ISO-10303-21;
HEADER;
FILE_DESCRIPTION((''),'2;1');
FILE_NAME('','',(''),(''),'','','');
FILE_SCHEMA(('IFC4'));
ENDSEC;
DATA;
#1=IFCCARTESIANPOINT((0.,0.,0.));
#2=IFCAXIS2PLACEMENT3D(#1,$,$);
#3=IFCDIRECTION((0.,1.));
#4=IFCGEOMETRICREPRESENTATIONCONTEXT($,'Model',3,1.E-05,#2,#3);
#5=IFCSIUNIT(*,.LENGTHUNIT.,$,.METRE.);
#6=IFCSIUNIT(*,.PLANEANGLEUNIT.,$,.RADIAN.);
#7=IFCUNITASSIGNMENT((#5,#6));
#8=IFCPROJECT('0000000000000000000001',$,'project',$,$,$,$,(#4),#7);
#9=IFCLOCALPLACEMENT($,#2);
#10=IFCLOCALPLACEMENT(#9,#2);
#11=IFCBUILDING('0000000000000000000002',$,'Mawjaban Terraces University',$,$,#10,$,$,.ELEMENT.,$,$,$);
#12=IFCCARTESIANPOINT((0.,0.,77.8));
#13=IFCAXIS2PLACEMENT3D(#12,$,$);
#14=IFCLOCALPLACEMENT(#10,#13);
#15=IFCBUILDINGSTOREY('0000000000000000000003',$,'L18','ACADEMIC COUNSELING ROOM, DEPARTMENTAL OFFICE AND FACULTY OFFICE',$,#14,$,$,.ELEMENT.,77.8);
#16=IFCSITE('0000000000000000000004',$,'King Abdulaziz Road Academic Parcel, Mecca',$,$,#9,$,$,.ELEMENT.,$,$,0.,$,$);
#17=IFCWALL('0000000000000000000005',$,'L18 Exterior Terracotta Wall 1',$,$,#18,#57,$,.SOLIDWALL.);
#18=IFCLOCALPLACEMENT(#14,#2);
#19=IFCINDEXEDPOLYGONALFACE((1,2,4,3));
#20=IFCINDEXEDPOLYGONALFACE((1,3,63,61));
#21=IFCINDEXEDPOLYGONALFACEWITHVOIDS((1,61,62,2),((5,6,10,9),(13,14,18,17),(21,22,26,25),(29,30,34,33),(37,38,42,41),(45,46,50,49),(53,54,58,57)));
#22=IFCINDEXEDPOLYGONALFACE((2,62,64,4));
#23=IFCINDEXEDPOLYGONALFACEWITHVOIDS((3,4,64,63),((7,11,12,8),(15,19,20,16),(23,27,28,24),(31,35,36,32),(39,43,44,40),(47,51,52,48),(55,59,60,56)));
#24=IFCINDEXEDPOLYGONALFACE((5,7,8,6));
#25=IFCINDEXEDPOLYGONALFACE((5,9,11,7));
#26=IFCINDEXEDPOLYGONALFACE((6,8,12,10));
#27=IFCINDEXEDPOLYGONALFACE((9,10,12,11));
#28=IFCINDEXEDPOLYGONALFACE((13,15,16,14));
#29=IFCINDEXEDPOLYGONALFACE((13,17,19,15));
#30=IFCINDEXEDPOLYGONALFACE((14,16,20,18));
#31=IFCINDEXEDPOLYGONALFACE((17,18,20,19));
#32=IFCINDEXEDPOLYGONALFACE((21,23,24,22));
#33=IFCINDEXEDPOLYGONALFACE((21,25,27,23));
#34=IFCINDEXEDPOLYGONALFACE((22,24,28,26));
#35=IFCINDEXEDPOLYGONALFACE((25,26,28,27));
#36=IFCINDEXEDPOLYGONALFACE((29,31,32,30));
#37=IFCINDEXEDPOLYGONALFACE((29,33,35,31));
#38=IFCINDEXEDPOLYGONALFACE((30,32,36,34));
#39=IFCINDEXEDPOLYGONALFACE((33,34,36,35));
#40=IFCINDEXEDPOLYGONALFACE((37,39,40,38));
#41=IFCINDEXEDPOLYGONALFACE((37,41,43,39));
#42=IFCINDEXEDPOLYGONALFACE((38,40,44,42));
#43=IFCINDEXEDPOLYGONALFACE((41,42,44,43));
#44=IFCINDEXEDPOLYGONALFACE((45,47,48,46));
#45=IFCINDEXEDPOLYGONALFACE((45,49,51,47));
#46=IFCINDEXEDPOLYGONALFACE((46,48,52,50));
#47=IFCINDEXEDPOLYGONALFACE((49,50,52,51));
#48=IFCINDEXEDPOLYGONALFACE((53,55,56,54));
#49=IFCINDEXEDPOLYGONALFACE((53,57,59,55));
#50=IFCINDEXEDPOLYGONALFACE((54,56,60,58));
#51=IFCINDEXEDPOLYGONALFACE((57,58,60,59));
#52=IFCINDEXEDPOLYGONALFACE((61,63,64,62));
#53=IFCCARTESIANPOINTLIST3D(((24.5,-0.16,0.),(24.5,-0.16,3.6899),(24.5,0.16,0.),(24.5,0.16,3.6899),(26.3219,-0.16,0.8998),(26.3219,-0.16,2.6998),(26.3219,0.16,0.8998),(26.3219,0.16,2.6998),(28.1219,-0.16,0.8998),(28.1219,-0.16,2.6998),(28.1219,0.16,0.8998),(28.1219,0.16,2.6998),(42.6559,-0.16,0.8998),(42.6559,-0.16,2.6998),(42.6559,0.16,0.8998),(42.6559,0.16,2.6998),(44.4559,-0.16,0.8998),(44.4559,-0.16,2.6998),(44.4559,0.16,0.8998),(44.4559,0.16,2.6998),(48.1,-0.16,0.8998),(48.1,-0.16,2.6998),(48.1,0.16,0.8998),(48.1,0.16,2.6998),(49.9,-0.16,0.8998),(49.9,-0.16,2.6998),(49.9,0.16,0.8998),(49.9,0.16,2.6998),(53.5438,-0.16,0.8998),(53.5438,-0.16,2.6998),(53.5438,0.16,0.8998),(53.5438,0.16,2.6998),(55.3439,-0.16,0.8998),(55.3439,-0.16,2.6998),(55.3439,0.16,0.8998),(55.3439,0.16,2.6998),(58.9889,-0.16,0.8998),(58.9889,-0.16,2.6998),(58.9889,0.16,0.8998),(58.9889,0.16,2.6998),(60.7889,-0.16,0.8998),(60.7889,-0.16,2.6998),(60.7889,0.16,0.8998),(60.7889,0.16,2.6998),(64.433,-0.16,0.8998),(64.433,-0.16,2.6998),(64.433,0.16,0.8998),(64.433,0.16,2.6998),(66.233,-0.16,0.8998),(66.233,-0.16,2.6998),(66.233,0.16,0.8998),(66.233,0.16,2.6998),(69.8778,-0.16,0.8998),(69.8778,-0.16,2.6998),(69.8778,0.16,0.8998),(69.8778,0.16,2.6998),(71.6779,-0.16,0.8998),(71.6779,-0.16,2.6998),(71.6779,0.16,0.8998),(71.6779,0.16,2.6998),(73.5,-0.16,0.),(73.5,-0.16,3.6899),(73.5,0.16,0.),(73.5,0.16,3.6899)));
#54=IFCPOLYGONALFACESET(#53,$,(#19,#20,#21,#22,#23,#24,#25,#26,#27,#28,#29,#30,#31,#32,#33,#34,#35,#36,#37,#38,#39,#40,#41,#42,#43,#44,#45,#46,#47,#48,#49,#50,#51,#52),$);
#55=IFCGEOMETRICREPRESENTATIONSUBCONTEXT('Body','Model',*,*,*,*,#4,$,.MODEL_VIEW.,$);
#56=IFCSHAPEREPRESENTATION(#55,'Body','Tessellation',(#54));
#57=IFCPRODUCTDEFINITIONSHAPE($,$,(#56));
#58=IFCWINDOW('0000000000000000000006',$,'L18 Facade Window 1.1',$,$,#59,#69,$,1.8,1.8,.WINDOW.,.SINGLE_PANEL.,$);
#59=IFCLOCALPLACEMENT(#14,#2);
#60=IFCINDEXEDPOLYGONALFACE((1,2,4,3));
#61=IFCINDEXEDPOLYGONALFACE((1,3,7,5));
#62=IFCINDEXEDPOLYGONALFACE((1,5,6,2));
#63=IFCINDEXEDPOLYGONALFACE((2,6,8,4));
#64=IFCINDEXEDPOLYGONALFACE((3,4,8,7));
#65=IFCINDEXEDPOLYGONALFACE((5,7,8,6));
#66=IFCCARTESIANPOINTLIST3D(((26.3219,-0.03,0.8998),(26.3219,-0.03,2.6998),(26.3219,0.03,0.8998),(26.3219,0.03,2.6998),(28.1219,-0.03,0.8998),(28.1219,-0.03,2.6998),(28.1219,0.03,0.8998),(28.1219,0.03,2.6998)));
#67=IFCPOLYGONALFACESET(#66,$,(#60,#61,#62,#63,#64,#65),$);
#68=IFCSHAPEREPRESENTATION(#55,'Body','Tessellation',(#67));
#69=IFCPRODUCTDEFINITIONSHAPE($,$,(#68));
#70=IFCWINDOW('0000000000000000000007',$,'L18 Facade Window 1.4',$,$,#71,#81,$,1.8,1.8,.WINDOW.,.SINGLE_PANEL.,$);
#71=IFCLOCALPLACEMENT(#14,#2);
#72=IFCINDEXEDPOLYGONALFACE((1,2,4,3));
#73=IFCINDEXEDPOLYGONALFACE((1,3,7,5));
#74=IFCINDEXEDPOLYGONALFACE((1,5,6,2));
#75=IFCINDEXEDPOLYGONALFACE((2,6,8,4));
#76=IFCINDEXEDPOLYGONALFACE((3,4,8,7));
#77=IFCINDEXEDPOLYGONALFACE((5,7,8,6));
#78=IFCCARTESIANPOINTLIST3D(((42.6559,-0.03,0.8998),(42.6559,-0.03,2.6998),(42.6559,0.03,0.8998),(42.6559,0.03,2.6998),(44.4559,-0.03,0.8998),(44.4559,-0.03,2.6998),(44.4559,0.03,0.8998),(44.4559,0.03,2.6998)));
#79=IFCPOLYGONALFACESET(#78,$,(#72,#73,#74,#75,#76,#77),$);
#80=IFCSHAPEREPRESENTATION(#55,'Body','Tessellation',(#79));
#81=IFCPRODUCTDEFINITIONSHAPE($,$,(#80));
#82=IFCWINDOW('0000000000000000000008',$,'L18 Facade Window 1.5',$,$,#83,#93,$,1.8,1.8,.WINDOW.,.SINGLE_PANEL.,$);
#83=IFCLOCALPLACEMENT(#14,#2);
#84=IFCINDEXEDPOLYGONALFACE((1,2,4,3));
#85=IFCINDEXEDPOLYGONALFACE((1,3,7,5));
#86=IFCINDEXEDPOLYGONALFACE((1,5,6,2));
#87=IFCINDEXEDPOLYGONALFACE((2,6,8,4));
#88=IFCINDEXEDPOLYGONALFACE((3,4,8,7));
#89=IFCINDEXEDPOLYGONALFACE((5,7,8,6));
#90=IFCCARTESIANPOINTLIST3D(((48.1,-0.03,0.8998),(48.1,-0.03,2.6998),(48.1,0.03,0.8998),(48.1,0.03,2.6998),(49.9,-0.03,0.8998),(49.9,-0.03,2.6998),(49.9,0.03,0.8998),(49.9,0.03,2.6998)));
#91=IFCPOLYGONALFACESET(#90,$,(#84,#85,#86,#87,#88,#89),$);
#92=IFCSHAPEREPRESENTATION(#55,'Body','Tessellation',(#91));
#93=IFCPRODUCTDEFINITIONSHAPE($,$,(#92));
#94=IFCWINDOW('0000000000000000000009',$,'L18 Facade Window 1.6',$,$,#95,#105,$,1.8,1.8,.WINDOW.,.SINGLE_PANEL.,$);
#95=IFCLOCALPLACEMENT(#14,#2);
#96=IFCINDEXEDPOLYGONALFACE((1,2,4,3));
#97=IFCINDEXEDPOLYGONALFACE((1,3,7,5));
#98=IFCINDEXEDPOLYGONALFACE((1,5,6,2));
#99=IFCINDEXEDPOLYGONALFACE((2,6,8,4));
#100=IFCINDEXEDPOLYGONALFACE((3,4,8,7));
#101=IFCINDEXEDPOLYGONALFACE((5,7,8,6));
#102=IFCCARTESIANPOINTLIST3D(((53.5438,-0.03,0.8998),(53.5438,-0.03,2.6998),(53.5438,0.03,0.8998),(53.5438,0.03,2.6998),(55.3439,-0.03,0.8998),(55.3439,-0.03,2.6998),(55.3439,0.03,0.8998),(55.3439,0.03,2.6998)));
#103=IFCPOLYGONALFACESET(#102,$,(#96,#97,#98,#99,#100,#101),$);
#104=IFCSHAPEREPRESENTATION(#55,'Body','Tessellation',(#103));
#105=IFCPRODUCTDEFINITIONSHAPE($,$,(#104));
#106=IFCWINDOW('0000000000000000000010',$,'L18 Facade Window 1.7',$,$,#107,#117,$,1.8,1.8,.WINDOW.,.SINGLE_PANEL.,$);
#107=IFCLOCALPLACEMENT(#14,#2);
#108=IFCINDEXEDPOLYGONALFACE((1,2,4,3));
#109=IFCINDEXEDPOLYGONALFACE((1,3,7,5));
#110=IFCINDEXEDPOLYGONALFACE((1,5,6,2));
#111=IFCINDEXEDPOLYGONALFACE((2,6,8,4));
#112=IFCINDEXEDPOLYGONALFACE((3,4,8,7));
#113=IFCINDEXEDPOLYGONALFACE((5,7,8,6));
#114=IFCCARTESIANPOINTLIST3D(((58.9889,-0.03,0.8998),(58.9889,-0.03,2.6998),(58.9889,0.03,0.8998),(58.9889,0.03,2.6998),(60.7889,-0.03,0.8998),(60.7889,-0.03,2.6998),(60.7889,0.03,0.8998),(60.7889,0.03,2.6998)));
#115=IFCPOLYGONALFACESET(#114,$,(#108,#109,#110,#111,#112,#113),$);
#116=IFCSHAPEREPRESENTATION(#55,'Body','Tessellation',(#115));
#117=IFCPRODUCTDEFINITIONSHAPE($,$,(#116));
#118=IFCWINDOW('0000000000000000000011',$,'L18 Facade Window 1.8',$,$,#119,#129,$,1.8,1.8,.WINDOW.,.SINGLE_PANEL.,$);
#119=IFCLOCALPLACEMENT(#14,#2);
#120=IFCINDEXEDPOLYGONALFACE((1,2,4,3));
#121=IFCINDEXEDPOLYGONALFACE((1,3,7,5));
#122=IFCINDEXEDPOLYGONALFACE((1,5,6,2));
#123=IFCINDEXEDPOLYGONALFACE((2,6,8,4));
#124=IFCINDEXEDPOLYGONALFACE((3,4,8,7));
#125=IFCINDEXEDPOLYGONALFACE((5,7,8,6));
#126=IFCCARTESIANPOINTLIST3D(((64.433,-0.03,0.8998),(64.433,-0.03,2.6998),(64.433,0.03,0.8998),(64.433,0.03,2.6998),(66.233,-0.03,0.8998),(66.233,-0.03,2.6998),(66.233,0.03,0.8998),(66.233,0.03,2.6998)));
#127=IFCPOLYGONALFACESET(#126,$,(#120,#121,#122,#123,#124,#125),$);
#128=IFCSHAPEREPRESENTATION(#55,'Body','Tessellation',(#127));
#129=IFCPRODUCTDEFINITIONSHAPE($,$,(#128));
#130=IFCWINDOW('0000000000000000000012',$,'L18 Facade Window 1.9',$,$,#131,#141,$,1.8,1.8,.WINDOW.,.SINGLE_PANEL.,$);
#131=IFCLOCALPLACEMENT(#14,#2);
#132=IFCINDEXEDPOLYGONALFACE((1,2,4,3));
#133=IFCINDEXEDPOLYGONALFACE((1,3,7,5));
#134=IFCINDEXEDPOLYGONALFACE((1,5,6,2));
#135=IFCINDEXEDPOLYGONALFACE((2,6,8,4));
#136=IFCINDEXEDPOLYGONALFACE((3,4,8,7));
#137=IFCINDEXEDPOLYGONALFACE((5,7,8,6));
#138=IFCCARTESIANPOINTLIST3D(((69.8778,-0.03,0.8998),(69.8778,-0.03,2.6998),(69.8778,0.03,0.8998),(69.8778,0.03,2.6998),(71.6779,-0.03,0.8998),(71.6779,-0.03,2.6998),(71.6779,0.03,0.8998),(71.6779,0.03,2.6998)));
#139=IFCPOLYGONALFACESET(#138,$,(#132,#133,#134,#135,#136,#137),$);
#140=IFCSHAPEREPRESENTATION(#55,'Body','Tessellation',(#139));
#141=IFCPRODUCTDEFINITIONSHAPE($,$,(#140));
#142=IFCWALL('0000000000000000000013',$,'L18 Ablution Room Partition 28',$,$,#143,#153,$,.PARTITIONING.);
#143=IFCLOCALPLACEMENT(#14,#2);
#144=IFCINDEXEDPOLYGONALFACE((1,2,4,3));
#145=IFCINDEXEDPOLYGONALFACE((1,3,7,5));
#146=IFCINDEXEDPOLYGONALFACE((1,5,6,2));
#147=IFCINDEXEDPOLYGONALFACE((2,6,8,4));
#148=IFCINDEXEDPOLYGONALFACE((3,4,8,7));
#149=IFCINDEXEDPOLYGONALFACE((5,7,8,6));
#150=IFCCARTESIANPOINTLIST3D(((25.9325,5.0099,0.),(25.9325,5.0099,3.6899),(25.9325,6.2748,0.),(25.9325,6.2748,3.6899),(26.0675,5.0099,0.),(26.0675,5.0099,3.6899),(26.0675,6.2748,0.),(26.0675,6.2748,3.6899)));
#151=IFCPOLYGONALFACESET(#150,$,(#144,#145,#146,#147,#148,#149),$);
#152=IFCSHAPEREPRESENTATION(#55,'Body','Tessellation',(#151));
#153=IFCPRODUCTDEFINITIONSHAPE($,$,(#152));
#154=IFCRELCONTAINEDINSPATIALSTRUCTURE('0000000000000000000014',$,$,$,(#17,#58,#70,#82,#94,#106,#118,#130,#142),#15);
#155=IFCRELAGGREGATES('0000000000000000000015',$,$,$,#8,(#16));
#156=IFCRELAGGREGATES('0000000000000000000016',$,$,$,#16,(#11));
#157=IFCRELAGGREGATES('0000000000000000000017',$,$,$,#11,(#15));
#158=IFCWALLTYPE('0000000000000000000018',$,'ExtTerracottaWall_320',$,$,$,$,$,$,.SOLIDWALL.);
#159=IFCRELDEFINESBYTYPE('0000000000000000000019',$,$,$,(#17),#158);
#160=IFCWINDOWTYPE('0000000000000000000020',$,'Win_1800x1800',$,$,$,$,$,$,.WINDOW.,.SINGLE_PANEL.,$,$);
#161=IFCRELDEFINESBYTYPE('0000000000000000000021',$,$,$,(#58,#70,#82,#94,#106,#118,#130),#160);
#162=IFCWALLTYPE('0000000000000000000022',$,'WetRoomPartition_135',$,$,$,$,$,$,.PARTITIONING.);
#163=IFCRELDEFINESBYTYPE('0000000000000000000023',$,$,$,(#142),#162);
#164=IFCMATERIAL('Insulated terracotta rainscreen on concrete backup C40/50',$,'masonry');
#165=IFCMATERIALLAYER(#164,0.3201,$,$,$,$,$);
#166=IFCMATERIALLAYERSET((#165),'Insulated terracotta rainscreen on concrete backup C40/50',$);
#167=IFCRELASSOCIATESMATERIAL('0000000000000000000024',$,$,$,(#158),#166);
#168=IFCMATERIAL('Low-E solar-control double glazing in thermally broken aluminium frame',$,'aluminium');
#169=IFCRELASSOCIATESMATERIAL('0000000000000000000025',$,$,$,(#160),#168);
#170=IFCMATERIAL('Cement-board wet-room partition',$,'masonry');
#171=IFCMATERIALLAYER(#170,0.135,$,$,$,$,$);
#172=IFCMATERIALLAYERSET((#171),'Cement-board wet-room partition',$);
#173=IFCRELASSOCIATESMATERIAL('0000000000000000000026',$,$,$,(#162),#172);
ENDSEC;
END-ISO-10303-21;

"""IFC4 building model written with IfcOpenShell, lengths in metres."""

from ifc_helpers import new_model, si_unit, direction, frame, frame_2d, origin, place, context, subcontext, project, spatial, rectangle, extrude, material, layer, layer_set, type_object, element, fill, save


model = new_model("IFC4")

# Units and contexts
model_context = context("Model", 3, precision=1e-05, world=origin(), true_north=direction((0.0, 1.0)))
body_context = subcontext(model_context, "Body", "Model", "MODEL_VIEW")
ifc_project = project(units=[si_unit("LENGTHUNIT", "METRE"), si_unit("PLANEANGLEUNIT", "RADIAN")], contexts=[model_context])

# Site, building, storey
site_placement = place(None, origin())
site = spatial("IfcSite", under=ifc_project, at=site_placement, Name="King Abdulaziz Road Academic Parcel, Mecca", CompositionType="ELEMENT", RefElevation=0.0)
building_placement = place(site_placement, origin())
building = spatial("IfcBuilding", under=site, at=building_placement, Name="Mawjaban Terraces University", CompositionType="ELEMENT")
storey_placement = place(building_placement, frame((0.0, 0.0, 77.8)))
storey = spatial("IfcBuildingStorey", under=building, at=storey_placement, Name="L18", Description="ACADEMIC COUNSELING ROOM, DEPARTMENTAL OFFICE AND FACULTY OFFICE", CompositionType="ELEMENT", Elevation=77.8)

# Wall, openings, windows
ifc_material_1 = material(Name="Insulated terracotta rainscreen on concrete backup C40/50", Category="masonry")
ifc_layer_1 = layer(ifc_material_1, 0.3201)
ifc_layer_set_1 = layer_set([ifc_layer_1], Name="Insulated terracotta rainscreen on concrete backup C40/50")
wall_type_1 = type_object("IfcWallType", Name="ExtTerracottaWall_320", PredefinedType="SOLIDWALL", material=ifc_layer_set_1)
wall_1_placement = place(storey_placement, frame((24.5, 0.0, 0.0), z_axis=(0.0, 0.0, 1.0), x_axis=(1.0, 0.0, 0.0)))
wall_1 = element("IfcWall", 1, at=wall_1_placement, inside=storey, type_object=wall_type_1, Name="L18 Exterior Terracotta Wall 1", PredefinedType="SOLIDWALL", context=body_context, shape_type="SweptSolid", body=[
    extrude(rectangle(XDim=49.0, YDim=0.3201, at=frame_2d((24.5, 0.0))), origin(), (0.0, 0.0, 1.0), 3.6899),
])
opening_1_placement = place(wall_1_placement, frame((1.822, 0.0, 0.8999)))
opening_1 = element("IfcOpeningElement", 2, at=opening_1_placement, cuts=wall_1, PredefinedType="OPENING", context=body_context, shape_type="SweptSolid", body=[
    extrude(rectangle(XDim=1.8, YDim=1.8, at=frame_2d((0.8999, 0.8999))), frame((0.0, 0.1699, 0.0), z_axis=(0.0, -1.0, 0.0), x_axis=(1.0, 0.0, 0.0)), (0.0, 0.0, 1.0), 0.3401),
])
opening_2_placement = place(wall_1_placement, frame((18.156, 0.0, 0.8999)))
opening_2 = element("IfcOpeningElement", 3, at=opening_2_placement, cuts=wall_1, PredefinedType="OPENING", context=body_context, shape_type="SweptSolid", body=[
    extrude(rectangle(XDim=1.8, YDim=1.8, at=frame_2d((0.8999, 0.8999))), frame((0.0, 0.1699, 0.0), z_axis=(0.0, -1.0, 0.0), x_axis=(1.0, 0.0, 0.0)), (0.0, 0.0, 1.0), 0.3401),
])
opening_3_placement = place(wall_1_placement, frame((23.6001, 0.0, 0.8999)))
opening_3 = element("IfcOpeningElement", 4, at=opening_3_placement, cuts=wall_1, PredefinedType="OPENING", context=body_context, shape_type="SweptSolid", body=[
    extrude(rectangle(XDim=1.8, YDim=1.8, at=frame_2d((0.8999, 0.8999))), frame((0.0, 0.1699, 0.0), z_axis=(0.0, -1.0, 0.0), x_axis=(1.0, 0.0, 0.0)), (0.0, 0.0, 1.0), 0.3401),
])
opening_4_placement = place(wall_1_placement, frame((29.0439, 0.0, 0.8999)))
opening_4 = element("IfcOpeningElement", 5, at=opening_4_placement, cuts=wall_1, PredefinedType="OPENING", context=body_context, shape_type="SweptSolid", body=[
    extrude(rectangle(XDim=1.8, YDim=1.8, at=frame_2d((0.8999, 0.8999))), frame((0.0, 0.1699, 0.0), z_axis=(0.0, -1.0, 0.0), x_axis=(1.0, 0.0, 0.0)), (0.0, 0.0, 1.0), 0.3401),
])
opening_5_placement = place(wall_1_placement, frame((34.489, 0.0, 0.8999)))
opening_5 = element("IfcOpeningElement", 6, at=opening_5_placement, cuts=wall_1, PredefinedType="OPENING", context=body_context, shape_type="SweptSolid", body=[
    extrude(rectangle(XDim=1.8, YDim=1.8, at=frame_2d((0.8999, 0.8999))), frame((0.0, 0.1699, 0.0), z_axis=(0.0, -1.0, 0.0), x_axis=(1.0, 0.0, 0.0)), (0.0, 0.0, 1.0), 0.3401),
])
opening_6_placement = place(wall_1_placement, frame((39.9331, 0.0, 0.8999)))
opening_6 = element("IfcOpeningElement", 7, at=opening_6_placement, cuts=wall_1, PredefinedType="OPENING", context=body_context, shape_type="SweptSolid", body=[
    extrude(rectangle(XDim=1.8, YDim=1.8, at=frame_2d((0.8999, 0.8999))), frame((0.0, 0.1699, 0.0), z_axis=(0.0, -1.0, 0.0), x_axis=(1.0, 0.0, 0.0)), (0.0, 0.0, 1.0), 0.3401),
])
opening_7_placement = place(wall_1_placement, frame((45.3779, 0.0, 0.8999)))
opening_7 = element("IfcOpeningElement", 8, at=opening_7_placement, cuts=wall_1, PredefinedType="OPENING", context=body_context, shape_type="SweptSolid", body=[
    extrude(rectangle(XDim=1.8, YDim=1.8, at=frame_2d((0.8999, 0.8999))), frame((0.0, 0.1699, 0.0), z_axis=(0.0, -1.0, 0.0), x_axis=(1.0, 0.0, 0.0)), (0.0, 0.0, 1.0), 0.3401),
])
ifc_material_2 = material(Name="Low-E solar-control double glazing in thermally broken aluminium frame", Category="aluminium")
window_type = type_object("IfcWindowType", Name="Win_1800x1800", PartitioningType="SINGLE_PANEL", PredefinedType="WINDOW", material=ifc_material_2)
window_1_placement = place(opening_1_placement, origin())
window_1 = element("IfcWindow", 9, at=window_1_placement, inside=storey, type_object=window_type, Name="L18 Facade Window 1.1", OverallHeight=1.8, OverallWidth=1.8, PartitioningType="SINGLE_PANEL", PredefinedType="WINDOW", context=body_context, shape_type="SweptSolid", body=[
    extrude(rectangle(XDim=1.8, YDim=1.8, at=frame_2d((0.8999, 0.8999))), frame((0.0, 0.03, 0.0), z_axis=(0.0, -1.0, 0.0), x_axis=(1.0, 0.0, 0.0)), (0.0, 0.0, 1.0), 0.0601),
])
fill(opening_1, window_1)
window_2_placement = place(opening_2_placement, origin())
window_2 = element("IfcWindow", 10, at=window_2_placement, inside=storey, type_object=window_type, Name="L18 Facade Window 1.4", OverallHeight=1.8, OverallWidth=1.8, PartitioningType="SINGLE_PANEL", PredefinedType="WINDOW", context=body_context, shape_type="SweptSolid", body=[
    extrude(rectangle(XDim=1.8, YDim=1.8, at=frame_2d((0.8999, 0.8999))), frame((0.0, 0.03, 0.0), z_axis=(0.0, -1.0, 0.0), x_axis=(1.0, 0.0, 0.0)), (0.0, 0.0, 1.0), 0.0601),
])
fill(opening_2, window_2)
window_3_placement = place(opening_3_placement, origin())
window_3 = element("IfcWindow", 11, at=window_3_placement, inside=storey, type_object=window_type, Name="L18 Facade Window 1.5", OverallHeight=1.8, OverallWidth=1.8, PartitioningType="SINGLE_PANEL", PredefinedType="WINDOW", context=body_context, shape_type="SweptSolid", body=[
    extrude(rectangle(XDim=1.8, YDim=1.8, at=frame_2d((0.8999, 0.8999))), frame((0.0, 0.03, 0.0), z_axis=(0.0, -1.0, 0.0), x_axis=(1.0, 0.0, 0.0)), (0.0, 0.0, 1.0), 0.0601),
])
fill(opening_3, window_3)
window_4_placement = place(opening_4_placement, origin())
window_4 = element("IfcWindow", 12, at=window_4_placement, inside=storey, type_object=window_type, Name="L18 Facade Window 1.6", OverallHeight=1.8, OverallWidth=1.8, PartitioningType="SINGLE_PANEL", PredefinedType="WINDOW", context=body_context, shape_type="SweptSolid", body=[
    extrude(rectangle(XDim=1.8, YDim=1.8, at=frame_2d((0.8999, 0.8999))), frame((0.0, 0.03, 0.0), z_axis=(0.0, -1.0, 0.0), x_axis=(1.0, 0.0, 0.0)), (0.0, 0.0, 1.0), 0.0601),
])
fill(opening_4, window_4)
window_5_placement = place(opening_5_placement, origin())
window_5 = element("IfcWindow", 13, at=window_5_placement, inside=storey, type_object=window_type, Name="L18 Facade Window 1.7", OverallHeight=1.8, OverallWidth=1.8, PartitioningType="SINGLE_PANEL", PredefinedType="WINDOW", context=body_context, shape_type="SweptSolid", body=[
    extrude(rectangle(XDim=1.8, YDim=1.8, at=frame_2d((0.8999, 0.8999))), frame((0.0, 0.03, 0.0), z_axis=(0.0, -1.0, 0.0), x_axis=(1.0, 0.0, 0.0)), (0.0, 0.0, 1.0), 0.0601),
])
fill(opening_5, window_5)
window_6_placement = place(opening_6_placement, origin())
window_6 = element("IfcWindow", 14, at=window_6_placement, inside=storey, type_object=window_type, Name="L18 Facade Window 1.8", OverallHeight=1.8, OverallWidth=1.8, PartitioningType="SINGLE_PANEL", PredefinedType="WINDOW", context=body_context, shape_type="SweptSolid", body=[
    extrude(rectangle(XDim=1.8, YDim=1.8, at=frame_2d((0.8999, 0.8999))), frame((0.0, 0.03, 0.0), z_axis=(0.0, -1.0, 0.0), x_axis=(1.0, 0.0, 0.0)), (0.0, 0.0, 1.0), 0.0601),
])
fill(opening_6, window_6)
window_7_placement = place(opening_7_placement, origin())
window_7 = element("IfcWindow", 15, at=window_7_placement, inside=storey, type_object=window_type, Name="L18 Facade Window 1.9", OverallHeight=1.8, OverallWidth=1.8, PartitioningType="SINGLE_PANEL", PredefinedType="WINDOW", context=body_context, shape_type="SweptSolid", body=[
    extrude(rectangle(XDim=1.8, YDim=1.8, at=frame_2d((0.8999, 0.8999))), frame((0.0, 0.03, 0.0), z_axis=(0.0, -1.0, 0.0), x_axis=(1.0, 0.0, 0.0)), (0.0, 0.0, 1.0), 0.0601),
])
fill(opening_7, window_7)

# Wall
ifc_material_3 = material(Name="Cement-board wet-room partition", Category="masonry")
ifc_layer_2 = layer(ifc_material_3, 0.135)
ifc_layer_set_2 = layer_set([ifc_layer_2], Name="Cement-board wet-room partition")
wall_type_2 = type_object("IfcWallType", Name="WetRoomPartition_135", PredefinedType="PARTITIONING", material=ifc_layer_set_2)
wall_2_placement = place(storey_placement, frame((26.0, 5.01, 0.0), z_axis=(0.0, 0.0, 1.0), x_axis=(0.0, 1.0, 0.0)))
element("IfcWall", 16, at=wall_2_placement, inside=storey, type_object=wall_type_2, Name="L18 Ablution Room Partition 28", PredefinedType="PARTITIONING", context=body_context, shape_type="SweptSolid", body=[
    extrude(rectangle(XDim=1.2649, YDim=0.135, at=frame_2d((0.6323, 0.0))), origin(), (0.0, 0.0, 1.0), 3.6899),
])

save(model, "model.ifc")
